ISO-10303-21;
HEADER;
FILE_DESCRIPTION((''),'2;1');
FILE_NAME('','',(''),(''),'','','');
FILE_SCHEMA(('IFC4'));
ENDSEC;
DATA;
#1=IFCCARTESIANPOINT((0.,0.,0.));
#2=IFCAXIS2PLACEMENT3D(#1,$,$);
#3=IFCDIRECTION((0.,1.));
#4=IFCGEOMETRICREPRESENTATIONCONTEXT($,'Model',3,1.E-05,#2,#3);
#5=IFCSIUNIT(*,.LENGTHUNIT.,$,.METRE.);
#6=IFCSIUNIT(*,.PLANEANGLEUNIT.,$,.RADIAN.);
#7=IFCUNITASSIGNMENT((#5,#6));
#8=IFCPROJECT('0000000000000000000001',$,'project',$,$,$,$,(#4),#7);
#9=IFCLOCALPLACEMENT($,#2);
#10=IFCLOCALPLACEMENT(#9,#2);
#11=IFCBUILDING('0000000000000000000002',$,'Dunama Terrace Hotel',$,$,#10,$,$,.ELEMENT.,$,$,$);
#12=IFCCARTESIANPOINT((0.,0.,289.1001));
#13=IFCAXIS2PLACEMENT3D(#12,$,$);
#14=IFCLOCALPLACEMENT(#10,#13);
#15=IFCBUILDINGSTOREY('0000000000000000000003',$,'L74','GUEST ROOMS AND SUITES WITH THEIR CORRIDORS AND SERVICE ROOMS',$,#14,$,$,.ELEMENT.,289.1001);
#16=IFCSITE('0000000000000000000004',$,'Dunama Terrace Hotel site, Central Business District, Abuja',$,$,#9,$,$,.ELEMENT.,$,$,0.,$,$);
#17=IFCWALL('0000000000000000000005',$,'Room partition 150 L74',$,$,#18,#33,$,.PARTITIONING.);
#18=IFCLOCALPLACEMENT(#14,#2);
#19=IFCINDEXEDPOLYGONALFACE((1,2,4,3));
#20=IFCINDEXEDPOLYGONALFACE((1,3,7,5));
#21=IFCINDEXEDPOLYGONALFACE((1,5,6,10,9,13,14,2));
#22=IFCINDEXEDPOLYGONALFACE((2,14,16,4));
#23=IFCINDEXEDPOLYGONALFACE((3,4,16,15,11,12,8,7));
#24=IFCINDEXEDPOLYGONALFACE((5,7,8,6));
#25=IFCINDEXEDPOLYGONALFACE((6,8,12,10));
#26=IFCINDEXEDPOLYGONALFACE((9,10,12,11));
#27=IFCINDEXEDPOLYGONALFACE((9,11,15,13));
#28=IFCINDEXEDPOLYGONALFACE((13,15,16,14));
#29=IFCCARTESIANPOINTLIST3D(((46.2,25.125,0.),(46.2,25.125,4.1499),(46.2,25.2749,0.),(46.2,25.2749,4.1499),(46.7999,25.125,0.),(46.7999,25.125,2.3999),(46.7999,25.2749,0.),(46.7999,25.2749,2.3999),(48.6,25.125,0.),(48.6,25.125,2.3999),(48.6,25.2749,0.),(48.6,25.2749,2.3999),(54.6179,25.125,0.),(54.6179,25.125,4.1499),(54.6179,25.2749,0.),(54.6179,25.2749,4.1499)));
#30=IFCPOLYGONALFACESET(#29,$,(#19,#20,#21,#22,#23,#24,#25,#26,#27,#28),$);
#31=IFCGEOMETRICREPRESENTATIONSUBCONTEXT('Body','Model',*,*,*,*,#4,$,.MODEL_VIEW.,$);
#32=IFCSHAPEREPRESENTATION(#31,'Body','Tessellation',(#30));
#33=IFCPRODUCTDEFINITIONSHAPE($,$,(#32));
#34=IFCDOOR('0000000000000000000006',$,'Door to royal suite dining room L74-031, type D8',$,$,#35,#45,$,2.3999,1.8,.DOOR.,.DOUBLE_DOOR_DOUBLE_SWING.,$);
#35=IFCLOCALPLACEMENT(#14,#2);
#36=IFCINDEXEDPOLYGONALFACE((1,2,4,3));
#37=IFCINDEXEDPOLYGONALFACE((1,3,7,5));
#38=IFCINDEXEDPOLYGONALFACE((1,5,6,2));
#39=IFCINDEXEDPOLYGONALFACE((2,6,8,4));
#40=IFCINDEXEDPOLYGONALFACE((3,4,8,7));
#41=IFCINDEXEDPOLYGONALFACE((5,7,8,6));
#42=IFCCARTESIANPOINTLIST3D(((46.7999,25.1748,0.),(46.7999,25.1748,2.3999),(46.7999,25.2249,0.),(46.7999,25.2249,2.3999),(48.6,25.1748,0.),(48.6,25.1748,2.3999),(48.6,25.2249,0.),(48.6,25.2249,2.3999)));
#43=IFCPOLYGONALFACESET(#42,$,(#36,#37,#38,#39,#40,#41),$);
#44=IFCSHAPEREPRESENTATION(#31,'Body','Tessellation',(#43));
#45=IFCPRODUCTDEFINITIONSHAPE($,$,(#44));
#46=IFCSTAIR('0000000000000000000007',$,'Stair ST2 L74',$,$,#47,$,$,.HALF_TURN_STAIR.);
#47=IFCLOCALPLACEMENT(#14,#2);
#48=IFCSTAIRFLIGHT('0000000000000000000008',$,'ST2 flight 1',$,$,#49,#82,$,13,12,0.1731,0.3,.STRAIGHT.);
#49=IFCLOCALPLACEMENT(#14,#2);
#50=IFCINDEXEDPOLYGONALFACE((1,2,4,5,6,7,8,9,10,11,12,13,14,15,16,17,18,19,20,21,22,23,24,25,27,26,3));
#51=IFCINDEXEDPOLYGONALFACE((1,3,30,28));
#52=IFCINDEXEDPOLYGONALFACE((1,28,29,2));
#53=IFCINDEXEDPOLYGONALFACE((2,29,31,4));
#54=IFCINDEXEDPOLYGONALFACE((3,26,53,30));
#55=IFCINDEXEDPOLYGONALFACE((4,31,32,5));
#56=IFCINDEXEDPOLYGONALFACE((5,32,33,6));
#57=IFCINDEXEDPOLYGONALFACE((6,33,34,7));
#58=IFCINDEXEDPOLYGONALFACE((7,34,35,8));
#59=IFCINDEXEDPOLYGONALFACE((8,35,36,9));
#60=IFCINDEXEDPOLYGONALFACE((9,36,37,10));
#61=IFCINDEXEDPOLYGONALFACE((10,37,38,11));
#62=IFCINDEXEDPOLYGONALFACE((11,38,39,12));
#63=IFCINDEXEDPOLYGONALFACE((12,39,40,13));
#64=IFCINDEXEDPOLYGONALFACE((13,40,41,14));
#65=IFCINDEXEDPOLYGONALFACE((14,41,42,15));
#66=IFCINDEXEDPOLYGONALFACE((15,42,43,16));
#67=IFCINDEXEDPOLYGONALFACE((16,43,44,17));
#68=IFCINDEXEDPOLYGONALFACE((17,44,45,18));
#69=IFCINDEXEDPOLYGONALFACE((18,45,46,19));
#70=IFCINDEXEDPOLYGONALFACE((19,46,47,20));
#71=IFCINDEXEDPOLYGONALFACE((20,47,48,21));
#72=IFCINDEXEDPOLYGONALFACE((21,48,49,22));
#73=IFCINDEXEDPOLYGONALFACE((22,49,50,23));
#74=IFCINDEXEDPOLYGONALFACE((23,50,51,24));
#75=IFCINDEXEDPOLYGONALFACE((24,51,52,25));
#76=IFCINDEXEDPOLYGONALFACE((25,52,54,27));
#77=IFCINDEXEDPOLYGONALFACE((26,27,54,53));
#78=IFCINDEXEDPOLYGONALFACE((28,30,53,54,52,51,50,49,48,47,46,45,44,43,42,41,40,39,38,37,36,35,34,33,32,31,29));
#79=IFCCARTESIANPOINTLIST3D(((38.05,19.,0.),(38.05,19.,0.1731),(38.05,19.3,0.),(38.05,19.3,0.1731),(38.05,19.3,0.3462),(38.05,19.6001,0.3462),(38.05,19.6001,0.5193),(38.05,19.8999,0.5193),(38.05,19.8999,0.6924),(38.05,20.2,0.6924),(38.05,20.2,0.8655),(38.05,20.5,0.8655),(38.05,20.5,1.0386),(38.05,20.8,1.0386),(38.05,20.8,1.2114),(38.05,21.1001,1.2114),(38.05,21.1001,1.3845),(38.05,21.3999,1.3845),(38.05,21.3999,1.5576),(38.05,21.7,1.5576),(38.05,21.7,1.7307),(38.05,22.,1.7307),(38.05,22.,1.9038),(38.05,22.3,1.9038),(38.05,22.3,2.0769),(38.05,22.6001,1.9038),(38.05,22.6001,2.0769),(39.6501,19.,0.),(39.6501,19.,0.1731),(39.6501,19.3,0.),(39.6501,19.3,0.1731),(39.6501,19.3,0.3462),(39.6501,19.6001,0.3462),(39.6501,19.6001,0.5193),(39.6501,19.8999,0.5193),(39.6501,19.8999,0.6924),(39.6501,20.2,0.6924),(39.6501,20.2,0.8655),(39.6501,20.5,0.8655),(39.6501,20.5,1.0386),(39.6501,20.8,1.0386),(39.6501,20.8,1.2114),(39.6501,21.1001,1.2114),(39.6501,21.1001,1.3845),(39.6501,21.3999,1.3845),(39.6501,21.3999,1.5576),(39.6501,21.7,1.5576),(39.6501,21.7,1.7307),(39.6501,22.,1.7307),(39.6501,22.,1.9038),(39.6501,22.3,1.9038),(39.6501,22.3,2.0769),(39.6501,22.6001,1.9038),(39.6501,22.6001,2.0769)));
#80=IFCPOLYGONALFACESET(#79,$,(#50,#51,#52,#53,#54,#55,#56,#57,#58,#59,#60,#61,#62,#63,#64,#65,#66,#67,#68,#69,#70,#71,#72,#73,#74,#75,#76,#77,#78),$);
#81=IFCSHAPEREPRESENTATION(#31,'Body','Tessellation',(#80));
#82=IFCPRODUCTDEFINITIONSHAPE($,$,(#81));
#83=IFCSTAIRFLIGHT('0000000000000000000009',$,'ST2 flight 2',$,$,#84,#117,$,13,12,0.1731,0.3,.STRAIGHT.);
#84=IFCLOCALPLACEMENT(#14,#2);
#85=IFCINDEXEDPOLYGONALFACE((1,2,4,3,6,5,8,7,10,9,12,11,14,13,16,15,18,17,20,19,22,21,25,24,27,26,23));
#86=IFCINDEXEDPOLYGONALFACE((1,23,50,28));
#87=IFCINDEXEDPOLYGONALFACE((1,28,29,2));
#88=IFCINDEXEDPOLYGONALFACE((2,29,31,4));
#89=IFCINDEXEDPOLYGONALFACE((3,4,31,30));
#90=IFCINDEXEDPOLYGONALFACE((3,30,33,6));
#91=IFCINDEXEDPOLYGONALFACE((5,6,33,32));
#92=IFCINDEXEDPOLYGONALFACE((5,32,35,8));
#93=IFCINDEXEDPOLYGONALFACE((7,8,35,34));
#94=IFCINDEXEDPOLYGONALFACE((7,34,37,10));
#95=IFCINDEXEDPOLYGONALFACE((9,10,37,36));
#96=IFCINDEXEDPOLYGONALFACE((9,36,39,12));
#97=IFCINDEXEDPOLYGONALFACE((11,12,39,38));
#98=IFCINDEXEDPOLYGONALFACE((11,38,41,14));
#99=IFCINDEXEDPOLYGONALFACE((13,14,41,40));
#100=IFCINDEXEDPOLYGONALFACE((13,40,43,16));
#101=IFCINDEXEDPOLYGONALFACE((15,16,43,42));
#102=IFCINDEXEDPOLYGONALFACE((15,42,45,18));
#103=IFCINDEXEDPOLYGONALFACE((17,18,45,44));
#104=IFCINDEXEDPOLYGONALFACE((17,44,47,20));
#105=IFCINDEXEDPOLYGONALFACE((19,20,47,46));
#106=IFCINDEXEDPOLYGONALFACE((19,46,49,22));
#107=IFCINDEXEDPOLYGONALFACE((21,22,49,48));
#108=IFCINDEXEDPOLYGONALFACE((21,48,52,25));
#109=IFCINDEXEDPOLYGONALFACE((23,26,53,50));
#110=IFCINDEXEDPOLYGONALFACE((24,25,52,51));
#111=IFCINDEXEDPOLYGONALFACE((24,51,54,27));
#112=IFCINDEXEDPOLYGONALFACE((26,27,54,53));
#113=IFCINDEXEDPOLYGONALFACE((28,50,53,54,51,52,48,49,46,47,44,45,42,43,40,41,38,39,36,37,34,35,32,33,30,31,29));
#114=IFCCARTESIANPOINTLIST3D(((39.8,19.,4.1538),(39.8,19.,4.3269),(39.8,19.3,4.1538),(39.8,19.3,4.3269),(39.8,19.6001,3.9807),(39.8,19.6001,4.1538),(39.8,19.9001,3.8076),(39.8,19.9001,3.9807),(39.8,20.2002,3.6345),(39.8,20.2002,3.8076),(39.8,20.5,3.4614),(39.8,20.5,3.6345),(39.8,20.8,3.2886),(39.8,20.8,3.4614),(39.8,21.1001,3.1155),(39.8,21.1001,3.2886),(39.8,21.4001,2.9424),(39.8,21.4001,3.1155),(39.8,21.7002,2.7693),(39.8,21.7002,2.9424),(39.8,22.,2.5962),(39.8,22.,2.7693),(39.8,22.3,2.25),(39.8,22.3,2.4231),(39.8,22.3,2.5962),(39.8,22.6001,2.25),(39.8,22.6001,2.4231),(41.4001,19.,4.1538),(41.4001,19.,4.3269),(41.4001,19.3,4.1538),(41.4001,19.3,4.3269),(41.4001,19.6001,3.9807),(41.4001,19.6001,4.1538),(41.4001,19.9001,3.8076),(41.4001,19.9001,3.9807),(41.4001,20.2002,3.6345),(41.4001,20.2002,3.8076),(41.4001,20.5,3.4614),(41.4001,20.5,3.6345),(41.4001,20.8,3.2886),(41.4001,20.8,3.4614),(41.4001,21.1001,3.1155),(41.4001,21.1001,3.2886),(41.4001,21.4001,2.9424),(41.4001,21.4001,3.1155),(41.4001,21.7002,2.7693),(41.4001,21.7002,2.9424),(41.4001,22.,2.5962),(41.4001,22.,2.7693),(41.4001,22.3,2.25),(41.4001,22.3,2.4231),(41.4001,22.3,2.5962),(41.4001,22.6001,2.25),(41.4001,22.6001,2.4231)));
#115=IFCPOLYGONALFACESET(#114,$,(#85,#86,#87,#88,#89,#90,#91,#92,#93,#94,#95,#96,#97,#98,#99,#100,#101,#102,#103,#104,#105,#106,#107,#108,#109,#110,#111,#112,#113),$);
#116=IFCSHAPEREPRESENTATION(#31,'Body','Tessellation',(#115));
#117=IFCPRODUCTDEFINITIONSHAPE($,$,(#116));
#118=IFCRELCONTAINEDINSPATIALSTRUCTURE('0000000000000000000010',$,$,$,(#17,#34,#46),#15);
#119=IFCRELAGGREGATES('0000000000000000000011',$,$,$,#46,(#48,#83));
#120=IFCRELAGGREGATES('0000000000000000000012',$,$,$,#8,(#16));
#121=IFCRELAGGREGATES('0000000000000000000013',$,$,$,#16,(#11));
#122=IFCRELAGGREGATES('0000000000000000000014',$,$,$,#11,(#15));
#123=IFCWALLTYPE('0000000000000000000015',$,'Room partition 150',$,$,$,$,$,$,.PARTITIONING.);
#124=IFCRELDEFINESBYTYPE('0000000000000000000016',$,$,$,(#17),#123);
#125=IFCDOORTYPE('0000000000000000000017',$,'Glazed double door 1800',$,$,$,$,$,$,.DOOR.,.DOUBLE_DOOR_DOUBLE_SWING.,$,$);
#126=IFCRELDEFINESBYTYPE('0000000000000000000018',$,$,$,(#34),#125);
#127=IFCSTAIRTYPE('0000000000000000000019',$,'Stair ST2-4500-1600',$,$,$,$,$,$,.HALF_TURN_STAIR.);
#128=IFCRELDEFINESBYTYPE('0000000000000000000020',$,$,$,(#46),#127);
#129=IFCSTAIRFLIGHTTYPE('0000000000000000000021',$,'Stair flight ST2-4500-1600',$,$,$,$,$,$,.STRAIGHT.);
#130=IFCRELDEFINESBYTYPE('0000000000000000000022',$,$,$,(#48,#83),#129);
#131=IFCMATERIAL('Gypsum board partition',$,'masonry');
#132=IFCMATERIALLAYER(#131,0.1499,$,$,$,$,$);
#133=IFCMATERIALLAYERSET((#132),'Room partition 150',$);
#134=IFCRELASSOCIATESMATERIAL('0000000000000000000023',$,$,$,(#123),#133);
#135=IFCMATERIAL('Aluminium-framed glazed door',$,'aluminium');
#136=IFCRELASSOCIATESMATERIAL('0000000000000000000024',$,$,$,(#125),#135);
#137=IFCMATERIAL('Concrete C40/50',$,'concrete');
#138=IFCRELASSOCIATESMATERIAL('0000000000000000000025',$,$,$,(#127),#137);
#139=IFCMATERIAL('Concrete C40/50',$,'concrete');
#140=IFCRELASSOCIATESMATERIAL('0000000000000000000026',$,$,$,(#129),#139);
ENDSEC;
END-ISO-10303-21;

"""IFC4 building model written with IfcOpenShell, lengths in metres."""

from ifc_helpers import new_model, si_unit, direction, frame, frame_2d, origin, place, context, subcontext, project, spatial, polyline, rectangle, outline, extrude, material, layer, layer_set, type_object, element, fill, aggregate, save


model = new_model("IFC4")

# Units and contexts
model_context = context("Model", 3, precision=1e-05, world=origin(), true_north=direction((0.0, 1.0)))
body_context = subcontext(model_context, "Body", "Model", "MODEL_VIEW")
ifc_project = project(units=[si_unit("LENGTHUNIT", "METRE"), si_unit("PLANEANGLEUNIT", "RADIAN")], contexts=[model_context])

# Site, building, storey
site_placement = place(None, origin())
site = spatial("IfcSite", under=ifc_project, at=site_placement, Name="Dunama Terrace Hotel site, Central Business District, Abuja", CompositionType="ELEMENT", RefElevation=0.0)
building_placement = place(site_placement, origin())
building = spatial("IfcBuilding", under=site, at=building_placement, Name="Dunama Terrace Hotel", CompositionType="ELEMENT")
storey_placement = place(building_placement, frame((0.0, 0.0, 289.1001)))
storey = spatial("IfcBuildingStorey", under=building, at=storey_placement, Name="L74", Description="GUEST ROOMS AND SUITES WITH THEIR CORRIDORS AND SERVICE ROOMS", CompositionType="ELEMENT", Elevation=289.1001)

# Wall, opening, door
ifc_material_1 = material(Name="Gypsum board partition", Category="masonry")
ifc_layer_1 = layer(ifc_material_1, 0.1499)
ifc_layer_set_1 = layer_set([ifc_layer_1], Name="Room partition 150")
wall_type_1 = type_object("IfcWallType", Name="Room partition 150", PredefinedType="PARTITIONING", material=ifc_layer_set_1)
ifc_material_2 = material(Name="Aluminium-framed glazed door", Category="aluminium")
door_type_1 = type_object("IfcDoorType", Name="Glazed double door 1800", OperationType="DOUBLE_DOOR_DOUBLE_SWING", PredefinedType="DOOR", material=ifc_material_2)
wall_1_placement = place(storey_placement, frame((46.2, 25.2, 0.0), z_axis=(0.0, 0.0, 1.0), x_axis=(1.0, 0.0, 0.0)))
wall_1 = element("IfcWall", 1, at=wall_1_placement, inside=storey, type_object=wall_type_1, Name="Room partition 150 L74", PredefinedType="PARTITIONING", context=body_context, shape_type="SweptSolid", body=[
    extrude(rectangle(XDim=8.418, YDim=0.1499, at=frame_2d((4.209, 0.0))), origin(), (0.0, 0.0, 1.0), 4.1499),
])
opening_1_placement = place(wall_1_placement, frame((0.6001, 0.0, 0.0)))
opening_1 = element("IfcOpeningElement", 2, at=opening_1_placement, cuts=wall_1, PredefinedType="OPENING", context=body_context, shape_type="SweptSolid", body=[
    extrude(rectangle(XDim=1.8, YDim=2.3999, at=frame_2d((0.8999, 1.2))), frame((0.0, 0.085, 0.0), z_axis=(0.0, -1.0, 0.0), x_axis=(1.0, 0.0, 0.0)), (0.0, 0.0, 1.0), 0.1699),
])
door_1_placement = place(opening_1_placement, origin())
door_1 = element("IfcDoor", 3, at=door_1_placement, inside=storey, type_object=door_type_1, Name="Door to royal suite dining room L74-031, type D8", OperationType="DOUBLE_DOOR_DOUBLE_SWING", OverallHeight=2.3999, OverallWidth=1.8, PredefinedType="DOOR", context=body_context, shape_type="SweptSolid", body=[
    extrude(rectangle(XDim=1.8, YDim=2.3999, at=frame_2d((0.8999, 1.2))), frame((0.0, 0.0249, 0.0), z_axis=(0.0, -1.0, 0.0), x_axis=(1.0, 0.0, 0.0)), (0.0, 0.0, 1.0), 0.05),
])
fill(opening_1, door_1)

# Stair, stair flights
ifc_material_3 = material(Name="Concrete C40/50", Category="concrete")
stair_type = type_object("IfcStairType", Name="Stair ST2-4500-1600", PredefinedType="HALF_TURN_STAIR", material=ifc_material_3)
stair_placement = place(storey_placement, origin())
stair = element("IfcStair", 4, at=stair_placement, inside=storey, type_object=stair_type, Name="Stair ST2 L74", PredefinedType="HALF_TURN_STAIR")
ifc_material_4 = material(Name="Concrete C40/50", Category="concrete")
stair_flight_type = type_object("IfcStairFlightType", Name="Stair flight ST2-4500-1600", PredefinedType="STRAIGHT", material=ifc_material_4)
stair_flight_1_placement = place(storey_placement, frame((38.8501, 19.0, 0.0), z_axis=(0.0, 0.0, 1.0), x_axis=(0.0, 1.0, 0.0)))
stair_flight_1 = element("IfcStairFlight", 5, at=stair_flight_1_placement, type_object=stair_flight_type, Name="ST2 flight 1", NumberOfRisers=13, NumberOfTreads=12, PredefinedType="STRAIGHT", RiserHeight=0.1731, TreadLength=0.3, context=body_context, shape_type="SweptSolid", body=[
    extrude(outline(polyline([(0.0, 0.0), (0.0, 0.1731), (0.3, 0.1731), (0.3, 0.3462), (0.6001, 0.3462), (0.6001, 0.5193), (0.8999, 0.5193), (0.8999, 0.6924), (1.2, 0.6924), (1.2, 0.8655), (1.5, 0.8655), (1.5, 1.0386), (1.8, 1.0386), (1.8, 1.2114), (2.1001, 1.2114), (2.1001, 1.3845), (2.3999, 1.3845), (2.3999, 1.5576), (2.7, 1.5576), (2.7, 1.7307), (3.0, 1.7307), (3.0, 1.9038), (3.3, 1.9038), (3.3, 2.0769), (3.6001, 2.0769), (3.6001, 2.25), (3.6001, 1.9038), (0.3, 0.0), (0.0, 0.0)])), frame((0.0, 0.8, 0.0), z_axis=(0.0, -1.0, 0.0), x_axis=(1.0, 0.0, 0.0)), (0.0, 0.0, 1.0), 1.6001),
])
stair_flight_2_placement = place(storey_placement, frame((40.6001, 22.6001, 2.25), z_axis=(0.0, 0.0, 1.0), x_axis=(0.0, -1.0, 0.0)))
stair_flight_2 = element("IfcStairFlight", 6, at=stair_flight_2_placement, type_object=stair_flight_type, Name="ST2 flight 2", NumberOfRisers=13, NumberOfTreads=12, PredefinedType="STRAIGHT", RiserHeight=0.1731, TreadLength=0.3, context=body_context, shape_type="SweptSolid", body=[
    extrude(outline(polyline([(0.0, 0.0), (0.0, 0.1731), (0.3, 0.1731), (0.3, 0.3462), (0.6001, 0.3462), (0.6001, 0.5193), (0.8999, 0.5193), (0.8999, 0.6924), (1.2, 0.6924), (1.2, 0.8655), (1.5, 0.8655), (1.5, 1.0386), (1.8, 1.0386), (1.8, 1.2114), (2.1001, 1.2114), (2.1001, 1.3845), (2.3999, 1.3845), (2.3999, 1.5576), (2.7, 1.5576), (2.7, 1.7307), (3.0, 1.7307), (3.0, 1.9038), (3.3, 1.9038), (3.3, 2.0769), (3.6001, 2.0769), (3.6001, 2.25), (3.6001, 1.9038), (0.3, 0.0), (0.0, 0.0)])), frame((0.0, 0.8, 0.0), z_axis=(0.0, -1.0, 0.0), x_axis=(1.0, 0.0, 0.0)), (0.0, 0.0, 1.0), 1.6001),
])
aggregate(stair, [stair_flight_1, stair_flight_2])

save(model, "model.ifc")
